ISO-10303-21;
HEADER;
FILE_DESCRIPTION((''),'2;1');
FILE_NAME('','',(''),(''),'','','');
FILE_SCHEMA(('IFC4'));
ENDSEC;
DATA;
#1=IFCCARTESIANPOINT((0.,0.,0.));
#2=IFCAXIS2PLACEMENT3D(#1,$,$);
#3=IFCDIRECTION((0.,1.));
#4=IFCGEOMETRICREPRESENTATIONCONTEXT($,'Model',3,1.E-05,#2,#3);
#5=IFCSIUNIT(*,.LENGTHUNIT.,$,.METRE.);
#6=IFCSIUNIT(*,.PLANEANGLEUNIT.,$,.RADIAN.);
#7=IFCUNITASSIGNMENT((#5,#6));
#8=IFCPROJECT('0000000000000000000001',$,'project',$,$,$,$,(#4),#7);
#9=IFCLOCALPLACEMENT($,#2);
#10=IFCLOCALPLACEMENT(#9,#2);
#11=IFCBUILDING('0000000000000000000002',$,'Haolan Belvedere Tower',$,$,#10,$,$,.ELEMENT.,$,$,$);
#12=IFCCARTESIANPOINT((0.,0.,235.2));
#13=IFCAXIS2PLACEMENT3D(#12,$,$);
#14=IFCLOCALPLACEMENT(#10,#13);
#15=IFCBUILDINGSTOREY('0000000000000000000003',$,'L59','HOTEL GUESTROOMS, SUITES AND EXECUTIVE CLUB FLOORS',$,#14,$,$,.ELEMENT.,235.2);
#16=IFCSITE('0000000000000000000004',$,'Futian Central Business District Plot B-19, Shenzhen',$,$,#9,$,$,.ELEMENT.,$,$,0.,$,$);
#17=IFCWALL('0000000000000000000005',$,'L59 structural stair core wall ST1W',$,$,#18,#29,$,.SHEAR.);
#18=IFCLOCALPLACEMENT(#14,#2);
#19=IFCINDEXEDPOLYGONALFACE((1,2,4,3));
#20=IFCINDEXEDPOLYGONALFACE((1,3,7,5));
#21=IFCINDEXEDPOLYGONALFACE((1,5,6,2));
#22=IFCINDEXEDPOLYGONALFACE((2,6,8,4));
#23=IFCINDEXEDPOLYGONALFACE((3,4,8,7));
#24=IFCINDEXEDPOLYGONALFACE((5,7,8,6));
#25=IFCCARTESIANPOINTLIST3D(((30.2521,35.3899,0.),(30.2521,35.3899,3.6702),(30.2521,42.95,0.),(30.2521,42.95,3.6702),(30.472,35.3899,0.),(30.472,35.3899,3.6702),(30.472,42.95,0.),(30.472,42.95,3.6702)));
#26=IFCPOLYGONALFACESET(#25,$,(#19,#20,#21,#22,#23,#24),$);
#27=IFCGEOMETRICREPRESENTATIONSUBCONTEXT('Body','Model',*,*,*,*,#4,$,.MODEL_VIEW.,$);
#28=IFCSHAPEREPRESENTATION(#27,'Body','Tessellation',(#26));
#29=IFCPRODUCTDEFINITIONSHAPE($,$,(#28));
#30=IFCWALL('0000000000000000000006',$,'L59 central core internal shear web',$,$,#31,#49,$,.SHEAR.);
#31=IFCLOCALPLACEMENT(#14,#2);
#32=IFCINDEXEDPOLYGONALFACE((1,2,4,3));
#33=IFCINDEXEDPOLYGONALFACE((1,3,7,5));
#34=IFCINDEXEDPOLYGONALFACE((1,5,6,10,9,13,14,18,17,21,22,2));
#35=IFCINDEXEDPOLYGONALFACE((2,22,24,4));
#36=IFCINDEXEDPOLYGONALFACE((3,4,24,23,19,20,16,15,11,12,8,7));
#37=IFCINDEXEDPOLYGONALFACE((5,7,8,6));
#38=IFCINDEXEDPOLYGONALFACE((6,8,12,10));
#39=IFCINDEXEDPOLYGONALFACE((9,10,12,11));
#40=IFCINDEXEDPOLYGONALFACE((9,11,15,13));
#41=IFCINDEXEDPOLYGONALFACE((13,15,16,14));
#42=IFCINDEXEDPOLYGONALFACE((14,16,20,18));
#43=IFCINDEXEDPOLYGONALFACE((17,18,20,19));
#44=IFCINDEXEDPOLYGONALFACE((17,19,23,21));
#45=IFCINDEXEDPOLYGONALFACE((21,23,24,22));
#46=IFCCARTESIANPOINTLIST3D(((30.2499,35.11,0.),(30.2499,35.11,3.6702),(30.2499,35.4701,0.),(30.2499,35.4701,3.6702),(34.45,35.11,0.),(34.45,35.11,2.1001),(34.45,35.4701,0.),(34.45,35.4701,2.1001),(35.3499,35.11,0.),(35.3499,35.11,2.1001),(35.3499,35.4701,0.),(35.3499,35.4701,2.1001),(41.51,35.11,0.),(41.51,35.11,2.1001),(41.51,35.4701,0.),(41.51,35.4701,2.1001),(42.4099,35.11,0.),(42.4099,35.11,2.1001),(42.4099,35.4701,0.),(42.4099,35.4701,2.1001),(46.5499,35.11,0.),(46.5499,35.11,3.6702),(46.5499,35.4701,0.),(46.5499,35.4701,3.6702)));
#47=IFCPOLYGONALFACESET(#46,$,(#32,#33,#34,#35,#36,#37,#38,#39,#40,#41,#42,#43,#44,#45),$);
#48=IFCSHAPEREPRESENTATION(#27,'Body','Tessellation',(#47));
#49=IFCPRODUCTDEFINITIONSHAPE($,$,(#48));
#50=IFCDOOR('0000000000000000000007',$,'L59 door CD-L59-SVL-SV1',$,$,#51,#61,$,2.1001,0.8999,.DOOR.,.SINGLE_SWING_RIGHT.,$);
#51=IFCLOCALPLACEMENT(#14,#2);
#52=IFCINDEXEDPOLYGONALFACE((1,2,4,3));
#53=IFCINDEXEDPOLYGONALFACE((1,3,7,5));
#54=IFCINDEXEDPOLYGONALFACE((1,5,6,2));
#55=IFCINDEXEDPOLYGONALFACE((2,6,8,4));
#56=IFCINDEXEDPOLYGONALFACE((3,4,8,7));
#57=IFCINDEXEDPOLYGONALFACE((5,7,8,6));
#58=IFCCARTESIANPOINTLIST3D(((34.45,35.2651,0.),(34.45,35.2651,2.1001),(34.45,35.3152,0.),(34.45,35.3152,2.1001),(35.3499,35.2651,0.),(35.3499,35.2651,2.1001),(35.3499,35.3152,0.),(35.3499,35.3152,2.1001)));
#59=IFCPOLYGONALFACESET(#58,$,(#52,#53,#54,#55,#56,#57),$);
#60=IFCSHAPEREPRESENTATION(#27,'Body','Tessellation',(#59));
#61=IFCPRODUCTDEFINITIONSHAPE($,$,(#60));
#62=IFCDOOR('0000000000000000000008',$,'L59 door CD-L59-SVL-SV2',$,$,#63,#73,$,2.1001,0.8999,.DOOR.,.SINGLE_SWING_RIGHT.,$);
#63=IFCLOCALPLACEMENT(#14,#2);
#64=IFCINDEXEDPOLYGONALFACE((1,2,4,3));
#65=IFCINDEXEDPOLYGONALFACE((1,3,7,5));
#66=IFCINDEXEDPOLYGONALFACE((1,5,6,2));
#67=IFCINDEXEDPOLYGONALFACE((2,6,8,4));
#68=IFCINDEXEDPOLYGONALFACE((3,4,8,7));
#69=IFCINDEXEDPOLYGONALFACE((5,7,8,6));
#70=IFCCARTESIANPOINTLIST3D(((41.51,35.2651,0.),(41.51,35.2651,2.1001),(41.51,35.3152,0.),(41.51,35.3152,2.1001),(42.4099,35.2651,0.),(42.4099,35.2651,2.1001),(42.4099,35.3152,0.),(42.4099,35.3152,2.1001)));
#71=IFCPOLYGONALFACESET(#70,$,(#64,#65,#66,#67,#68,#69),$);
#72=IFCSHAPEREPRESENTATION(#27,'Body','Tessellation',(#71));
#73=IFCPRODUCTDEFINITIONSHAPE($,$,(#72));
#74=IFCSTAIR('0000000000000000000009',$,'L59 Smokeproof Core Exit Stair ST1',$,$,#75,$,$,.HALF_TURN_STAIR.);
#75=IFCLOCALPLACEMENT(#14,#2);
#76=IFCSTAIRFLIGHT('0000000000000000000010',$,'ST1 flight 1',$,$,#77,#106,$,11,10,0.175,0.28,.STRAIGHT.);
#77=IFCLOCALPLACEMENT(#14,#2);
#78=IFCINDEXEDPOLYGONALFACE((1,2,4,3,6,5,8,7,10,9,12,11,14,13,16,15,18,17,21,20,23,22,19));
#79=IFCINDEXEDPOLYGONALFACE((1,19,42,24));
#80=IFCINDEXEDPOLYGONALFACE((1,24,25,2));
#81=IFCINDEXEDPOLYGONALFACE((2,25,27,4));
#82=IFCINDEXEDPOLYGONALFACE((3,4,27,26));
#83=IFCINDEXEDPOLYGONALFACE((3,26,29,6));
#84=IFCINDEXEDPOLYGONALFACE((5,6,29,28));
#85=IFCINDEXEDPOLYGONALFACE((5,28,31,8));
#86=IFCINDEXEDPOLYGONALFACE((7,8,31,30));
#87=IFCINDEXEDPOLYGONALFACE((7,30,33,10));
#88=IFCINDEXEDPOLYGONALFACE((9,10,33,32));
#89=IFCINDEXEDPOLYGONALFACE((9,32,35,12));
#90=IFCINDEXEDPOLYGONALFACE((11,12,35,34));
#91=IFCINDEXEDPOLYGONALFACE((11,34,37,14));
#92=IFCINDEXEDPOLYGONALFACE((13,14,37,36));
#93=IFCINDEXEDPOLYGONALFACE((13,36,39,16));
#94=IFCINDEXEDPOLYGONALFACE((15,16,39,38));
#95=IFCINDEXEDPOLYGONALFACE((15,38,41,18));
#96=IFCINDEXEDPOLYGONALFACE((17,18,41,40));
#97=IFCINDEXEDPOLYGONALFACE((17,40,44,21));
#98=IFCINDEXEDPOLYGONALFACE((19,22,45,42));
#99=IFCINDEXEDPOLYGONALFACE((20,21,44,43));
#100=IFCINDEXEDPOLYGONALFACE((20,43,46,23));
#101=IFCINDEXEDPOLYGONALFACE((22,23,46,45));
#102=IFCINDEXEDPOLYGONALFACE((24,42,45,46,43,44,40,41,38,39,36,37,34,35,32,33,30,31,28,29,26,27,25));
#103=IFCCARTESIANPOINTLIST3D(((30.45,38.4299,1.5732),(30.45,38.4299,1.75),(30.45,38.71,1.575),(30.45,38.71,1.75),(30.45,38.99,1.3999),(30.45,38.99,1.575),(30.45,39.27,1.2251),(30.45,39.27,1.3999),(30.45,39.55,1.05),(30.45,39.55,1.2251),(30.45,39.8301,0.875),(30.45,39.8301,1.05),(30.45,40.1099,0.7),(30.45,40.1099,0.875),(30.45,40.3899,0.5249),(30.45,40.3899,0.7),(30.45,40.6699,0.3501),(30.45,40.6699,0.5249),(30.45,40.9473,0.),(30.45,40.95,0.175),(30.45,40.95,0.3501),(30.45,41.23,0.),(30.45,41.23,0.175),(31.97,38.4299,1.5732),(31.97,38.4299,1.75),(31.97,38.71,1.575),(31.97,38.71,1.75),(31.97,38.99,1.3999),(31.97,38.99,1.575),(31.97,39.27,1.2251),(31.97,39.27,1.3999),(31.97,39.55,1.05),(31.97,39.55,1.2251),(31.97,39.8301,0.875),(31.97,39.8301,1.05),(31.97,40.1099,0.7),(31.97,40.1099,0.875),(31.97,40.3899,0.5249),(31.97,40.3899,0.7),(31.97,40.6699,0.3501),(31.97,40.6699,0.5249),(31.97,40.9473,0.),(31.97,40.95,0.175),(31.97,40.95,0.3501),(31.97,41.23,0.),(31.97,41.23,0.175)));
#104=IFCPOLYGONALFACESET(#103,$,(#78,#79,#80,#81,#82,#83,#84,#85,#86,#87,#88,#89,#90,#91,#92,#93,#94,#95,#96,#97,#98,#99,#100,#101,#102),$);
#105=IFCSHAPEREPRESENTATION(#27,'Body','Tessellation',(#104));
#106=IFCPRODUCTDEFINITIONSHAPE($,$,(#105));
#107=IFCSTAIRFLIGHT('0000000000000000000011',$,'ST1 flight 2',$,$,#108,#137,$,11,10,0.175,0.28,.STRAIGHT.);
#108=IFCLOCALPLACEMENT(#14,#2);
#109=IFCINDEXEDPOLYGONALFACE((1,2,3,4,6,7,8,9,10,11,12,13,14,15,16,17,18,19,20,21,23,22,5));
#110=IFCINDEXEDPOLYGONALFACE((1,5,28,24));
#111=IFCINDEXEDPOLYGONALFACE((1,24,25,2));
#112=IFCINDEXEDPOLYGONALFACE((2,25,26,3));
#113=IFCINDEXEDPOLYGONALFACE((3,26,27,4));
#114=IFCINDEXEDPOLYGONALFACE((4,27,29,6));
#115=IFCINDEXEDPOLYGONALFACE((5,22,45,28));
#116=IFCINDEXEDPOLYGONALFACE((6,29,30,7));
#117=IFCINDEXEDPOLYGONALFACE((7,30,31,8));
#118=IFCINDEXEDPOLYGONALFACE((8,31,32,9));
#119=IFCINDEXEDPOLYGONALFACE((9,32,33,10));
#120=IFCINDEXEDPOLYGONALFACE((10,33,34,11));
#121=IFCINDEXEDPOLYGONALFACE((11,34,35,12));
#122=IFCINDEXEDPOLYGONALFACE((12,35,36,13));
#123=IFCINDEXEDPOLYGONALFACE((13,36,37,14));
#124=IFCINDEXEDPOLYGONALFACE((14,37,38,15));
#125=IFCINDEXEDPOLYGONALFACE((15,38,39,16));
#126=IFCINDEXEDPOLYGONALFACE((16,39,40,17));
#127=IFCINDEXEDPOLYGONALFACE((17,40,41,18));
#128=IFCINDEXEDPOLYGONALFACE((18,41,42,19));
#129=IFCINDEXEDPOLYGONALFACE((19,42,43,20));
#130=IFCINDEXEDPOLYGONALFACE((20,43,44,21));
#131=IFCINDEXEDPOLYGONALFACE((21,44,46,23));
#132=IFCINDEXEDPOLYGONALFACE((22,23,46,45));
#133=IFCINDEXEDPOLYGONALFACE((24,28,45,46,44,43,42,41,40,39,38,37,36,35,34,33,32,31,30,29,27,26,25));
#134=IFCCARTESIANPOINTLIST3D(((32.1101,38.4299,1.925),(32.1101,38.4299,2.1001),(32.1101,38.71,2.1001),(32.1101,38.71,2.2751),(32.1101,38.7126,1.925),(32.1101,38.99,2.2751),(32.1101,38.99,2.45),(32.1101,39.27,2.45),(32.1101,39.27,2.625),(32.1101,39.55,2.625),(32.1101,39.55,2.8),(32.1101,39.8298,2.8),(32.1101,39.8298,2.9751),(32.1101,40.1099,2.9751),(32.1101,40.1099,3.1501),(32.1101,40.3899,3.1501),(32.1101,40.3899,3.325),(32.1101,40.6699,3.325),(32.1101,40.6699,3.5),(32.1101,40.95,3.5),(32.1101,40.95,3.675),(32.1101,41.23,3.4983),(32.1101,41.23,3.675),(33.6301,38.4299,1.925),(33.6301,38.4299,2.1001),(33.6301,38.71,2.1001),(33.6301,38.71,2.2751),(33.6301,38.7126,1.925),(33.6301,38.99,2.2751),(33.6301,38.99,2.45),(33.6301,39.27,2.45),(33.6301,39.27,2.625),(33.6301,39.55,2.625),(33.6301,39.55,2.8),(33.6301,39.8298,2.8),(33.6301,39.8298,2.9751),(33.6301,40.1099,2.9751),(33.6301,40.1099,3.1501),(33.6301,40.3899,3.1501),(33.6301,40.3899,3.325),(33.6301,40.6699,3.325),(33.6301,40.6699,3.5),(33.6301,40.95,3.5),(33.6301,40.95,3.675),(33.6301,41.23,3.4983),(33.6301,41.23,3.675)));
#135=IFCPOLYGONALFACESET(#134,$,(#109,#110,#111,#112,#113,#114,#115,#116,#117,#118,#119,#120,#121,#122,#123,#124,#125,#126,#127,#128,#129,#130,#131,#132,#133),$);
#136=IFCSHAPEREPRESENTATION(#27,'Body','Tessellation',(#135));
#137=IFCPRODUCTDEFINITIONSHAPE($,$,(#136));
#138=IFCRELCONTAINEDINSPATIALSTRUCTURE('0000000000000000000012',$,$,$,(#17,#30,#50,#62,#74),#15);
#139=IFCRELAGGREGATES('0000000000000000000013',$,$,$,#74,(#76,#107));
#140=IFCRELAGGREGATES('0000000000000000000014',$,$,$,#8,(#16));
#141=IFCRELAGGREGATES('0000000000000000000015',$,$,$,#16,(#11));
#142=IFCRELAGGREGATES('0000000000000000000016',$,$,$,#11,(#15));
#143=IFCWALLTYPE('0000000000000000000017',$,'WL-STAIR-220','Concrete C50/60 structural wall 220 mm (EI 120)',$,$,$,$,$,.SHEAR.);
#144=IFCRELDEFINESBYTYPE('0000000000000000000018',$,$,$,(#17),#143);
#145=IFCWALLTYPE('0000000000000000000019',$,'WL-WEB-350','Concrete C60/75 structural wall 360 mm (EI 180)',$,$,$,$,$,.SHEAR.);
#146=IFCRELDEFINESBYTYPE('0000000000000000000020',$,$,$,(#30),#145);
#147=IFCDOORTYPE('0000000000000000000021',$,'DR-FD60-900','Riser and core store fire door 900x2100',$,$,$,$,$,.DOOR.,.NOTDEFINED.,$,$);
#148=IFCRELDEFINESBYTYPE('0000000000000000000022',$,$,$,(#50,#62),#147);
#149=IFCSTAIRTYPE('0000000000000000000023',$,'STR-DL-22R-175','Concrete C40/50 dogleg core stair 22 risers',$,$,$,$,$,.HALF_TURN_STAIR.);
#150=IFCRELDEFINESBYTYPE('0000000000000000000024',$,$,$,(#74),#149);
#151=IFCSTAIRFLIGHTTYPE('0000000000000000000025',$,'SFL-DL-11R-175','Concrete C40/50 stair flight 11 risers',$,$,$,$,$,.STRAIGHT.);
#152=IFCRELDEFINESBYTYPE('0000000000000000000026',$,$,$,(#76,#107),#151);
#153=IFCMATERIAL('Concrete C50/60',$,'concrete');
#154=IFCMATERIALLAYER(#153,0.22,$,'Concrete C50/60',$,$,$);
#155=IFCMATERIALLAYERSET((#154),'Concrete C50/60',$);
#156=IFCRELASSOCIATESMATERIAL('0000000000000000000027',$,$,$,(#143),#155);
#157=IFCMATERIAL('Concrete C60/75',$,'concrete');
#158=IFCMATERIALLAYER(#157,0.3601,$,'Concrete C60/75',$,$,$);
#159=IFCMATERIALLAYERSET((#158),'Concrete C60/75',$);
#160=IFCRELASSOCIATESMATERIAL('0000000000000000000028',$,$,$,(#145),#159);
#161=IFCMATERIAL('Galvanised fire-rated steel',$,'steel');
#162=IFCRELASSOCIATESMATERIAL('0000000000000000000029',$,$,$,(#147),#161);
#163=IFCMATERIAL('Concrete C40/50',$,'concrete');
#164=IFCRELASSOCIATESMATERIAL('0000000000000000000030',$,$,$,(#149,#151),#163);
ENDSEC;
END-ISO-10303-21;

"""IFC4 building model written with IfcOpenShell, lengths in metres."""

from ifc_helpers import new_model, si_unit, direction, frame, frame_2d, origin, place, context, subcontext, project, spatial, polyline, rectangle, outline, extrude, material, layer, layer_set, type_object, element, fill, aggregate, save


model = new_model("IFC4")

# Units and contexts
model_context = context("Model", 3, precision=1e-05, world=origin(), true_north=direction((0.0, 1.0)))
body_context = subcontext(model_context, "Body", "Model", "MODEL_VIEW")
ifc_project = project(units=[si_unit("LENGTHUNIT", "METRE"), si_unit("PLANEANGLEUNIT", "RADIAN")], contexts=[model_context])

# Site, building, storey
site_placement = place(None, origin())
site = spatial("IfcSite", under=ifc_project, at=site_placement, Name="Futian Central Business District Plot B-19, Shenzhen", CompositionType="ELEMENT", RefElevation=0.0)
building_placement = place(site_placement, origin())
building = spatial("IfcBuilding", under=site, at=building_placement, Name="Haolan Belvedere Tower", CompositionType="ELEMENT")
storey_placement = place(building_placement, frame((0.0, 0.0, 235.2)))
storey = spatial("IfcBuildingStorey", under=building, at=storey_placement, Name="L59", Description="HOTEL GUESTROOMS, SUITES AND EXECUTIVE CLUB FLOORS", CompositionType="ELEMENT", Elevation=235.2)

# Shared definitions
ifc_material_1 = material(Name="Concrete C50/60", Category="concrete")

# Wall
ifc_layer_1 = layer(ifc_material_1, 0.22, Name="Concrete C50/60")
ifc_layer_set_1 = layer_set([ifc_layer_1], Name="Concrete C50/60")
wall_type_1 = type_object("IfcWallType", Name="WL-STAIR-220", Description="Concrete C50/60 structural wall 220 mm (EI 120)", PredefinedType="SHEAR", material=ifc_layer_set_1)
wall_1_placement = place(storey_placement, frame((30.3621, 35.3899, 0.0), z_axis=(0.0, 0.0, 1.0), x_axis=(0.0, 1.0, 0.0)))
element("IfcWall", 1, at=wall_1_placement, inside=storey, type_object=wall_type_1, Name="L59 structural stair core wall ST1W", PredefinedType="SHEAR", context=body_context, shape_type="SweptSolid", body=[
    extrude(rectangle(XDim=7.5601, YDim=0.22, at=frame_2d((3.78, 0.0))), origin(), (0.0, 0.0, 1.0), 3.6702),
])

# Wall, openings, doors
ifc_material_2 = material(Name="Concrete C60/75", Category="concrete")
ifc_layer_2 = layer(ifc_material_2, 0.3601, Name="Concrete C60/75")
ifc_layer_set_2 = layer_set([ifc_layer_2], Name="Concrete C60/75")
wall_type_2 = type_object("IfcWallType", Name="WL-WEB-350", Description="Concrete C60/75 structural wall 360 mm (EI 180)", PredefinedType="SHEAR", material=ifc_layer_set_2)
wall_2_placement = place(storey_placement, frame((30.25, 35.29, 0.0), z_axis=(0.0, 0.0, 1.0), x_axis=(1.0, 0.0, 0.0)))
wall_2 = element("IfcWall", 2, at=wall_2_placement, inside=storey, type_object=wall_type_2, Name="L59 central core internal shear web", PredefinedType="SHEAR", context=body_context, shape_type="SweptSolid", body=[
    extrude(rectangle(XDim=16.3, YDim=0.3601, at=frame_2d((8.1499, 0.0))), origin(), (0.0, 0.0, 1.0), 3.6702),
])
opening_1_placement = place(wall_2_placement, frame((5.0999, 0.0, 0.0), z_axis=(0.0, 0.0, 1.0), x_axis=(-1.0, 0.0, 0.0)))
opening_1 = element("IfcOpeningElement", 3, at=opening_1_placement, cuts=wall_2, PredefinedType="OPENING", context=body_context, shape_type="SweptSolid", body=[
    extrude(rectangle(XDim=0.8999, YDim=2.1001, at=frame_2d((0.45, 1.05))), frame((0.0, 0.1899, 0.0), z_axis=(0.0, -1.0, 0.0), x_axis=(1.0, 0.0, 0.0)), (0.0, 0.0, 1.0), 0.3801),
])
opening_2_placement = place(wall_2_placement, frame((12.1599, 0.0, 0.0), z_axis=(0.0, 0.0, 1.0), x_axis=(-1.0, 0.0, 0.0)))
opening_2 = element("IfcOpeningElement", 4, at=opening_2_placement, cuts=wall_2, PredefinedType="OPENING", context=body_context, shape_type="SweptSolid", body=[
    extrude(rectangle(XDim=0.8999, YDim=2.1001, at=frame_2d((0.45, 1.05))), frame((0.0, 0.1899, 0.0), z_axis=(0.0, -1.0, 0.0), x_axis=(1.0, 0.0, 0.0)), (0.0, 0.0, 1.0), 0.3801),
])
ifc_material_3 = material(Name="Galvanised fire-rated steel", Category="steel")
door_type_1 = type_object("IfcDoorType", Name="DR-FD60-900", Description="Riser and core store fire door 900x2100", OperationType="NOTDEFINED", PredefinedType="DOOR", material=ifc_material_3)
door_1_placement = place(opening_1_placement, origin())
door_1 = element("IfcDoor", 5, at=door_1_placement, inside=storey, type_object=door_type_1, Name="L59 door CD-L59-SVL-SV1", OperationType="SINGLE_SWING_RIGHT", OverallHeight=2.1001, OverallWidth=0.8999, PredefinedType="DOOR", context=body_context, shape_type="SweptSolid", body=[
    extrude(rectangle(XDim=0.8999, YDim=2.1001, at=frame_2d((0.45, 1.05))), frame((0.0, 0.0249, 0.0), z_axis=(0.0, -1.0, 0.0), x_axis=(1.0, 0.0, 0.0)), (0.0, 0.0, 1.0), 0.05),
])
fill(opening_1, door_1)
door_2_placement = place(opening_2_placement, origin())
door_2 = element("IfcDoor", 6, at=door_2_placement, inside=storey, type_object=door_type_1, Name="L59 door CD-L59-SVL-SV2", OperationType="SINGLE_SWING_RIGHT", OverallHeight=2.1001, OverallWidth=0.8999, PredefinedType="DOOR", context=body_context, shape_type="SweptSolid", body=[
    extrude(rectangle(XDim=0.8999, YDim=2.1001, at=frame_2d((0.45, 1.05))), frame((0.0, 0.0249, 0.0), z_axis=(0.0, -1.0, 0.0), x_axis=(1.0, 0.0, 0.0)), (0.0, 0.0, 1.0), 0.05),
])
fill(opening_2, door_2)

# Stair, stair flights
ifc_material_4 = material(Name="Concrete C40/50", Category="concrete")
stair_type = type_object("IfcStairType", Name="STR-DL-22R-175", Description="Concrete C40/50 dogleg core stair 22 risers", PredefinedType="HALF_TURN_STAIR", material=ifc_material_4)
stair_placement = place(storey_placement, origin())
stair = element("IfcStair", 7, at=stair_placement, inside=storey, type_object=stair_type, Name="L59 Smokeproof Core Exit Stair ST1", PredefinedType="HALF_TURN_STAIR")
stair_flight_type = type_object("IfcStairFlightType", Name="SFL-DL-11R-175", Description="Concrete C40/50 stair flight 11 risers", PredefinedType="STRAIGHT", material=ifc_material_4)
stair_flight_1_placement = place(storey_placement, frame((31.21, 41.23, 0.0), z_axis=(0.0, 0.0, 1.0), x_axis=(0.0, -1.0, 0.0)))
stair_flight_1 = element("IfcStairFlight", 8, at=stair_flight_1_placement, type_object=stair_flight_type, Name="ST1 flight 1", NumberOfRisers=11, NumberOfTreads=10, PredefinedType="STRAIGHT", RiserHeight=0.175, TreadLength=0.28, context=body_context, shape_type="SweptSolid", body=[
    extrude(outline(polyline([(0.0, 0.0), (0.0, 0.175), (0.28, 0.175), (0.28, 0.3501), (0.5601, 0.3501), (0.5601, 0.5249), (0.8401, 0.5249), (0.8401, 0.7), (1.1201, 0.7), (1.1201, 0.875), (1.3999, 0.875), (1.3999, 1.05), (1.6799, 1.05), (1.6799, 1.2251), (1.96, 1.2251), (1.96, 1.3999), (2.24, 1.3999), (2.24, 1.575), (2.52, 1.575), (2.52, 1.75), (2.8, 1.75), (2.8, 1.925), (2.8, 1.5732), (0.2827, 0.0), (0.0, 0.0)])), frame((0.0, 0.76, 0.0), z_axis=(0.0, -1.0, 0.0), x_axis=(1.0, 0.0, 0.0)), (0.0, 0.0, 1.0), 1.52),
])
stair_flight_2_placement = place(storey_placement, frame((32.8701, 38.4299, 1.925), z_axis=(0.0, 0.0, 1.0), x_axis=(0.0, 1.0, 0.0)))
stair_flight_2 = element("IfcStairFlight", 9, at=stair_flight_2_placement, type_object=stair_flight_type, Name="ST1 flight 2", NumberOfRisers=11, NumberOfTreads=10, PredefinedType="STRAIGHT", RiserHeight=0.175, TreadLength=0.28, context=body_context, shape_type="SweptSolid", body=[
    extrude(outline(polyline([(0.0, 0.0), (0.0, 0.175), (0.28, 0.175), (0.28, 0.3501), (0.5601, 0.3501), (0.5601, 0.5249), (0.8401, 0.5249), (0.8401, 0.7), (1.1201, 0.7), (1.1201, 0.875), (1.3999, 0.875), (1.3999, 1.05), (1.6799, 1.05), (1.6799, 1.2251), (1.96, 1.2251), (1.96, 1.3999), (2.24, 1.3999), (2.24, 1.575), (2.52, 1.575), (2.52, 1.75), (2.8, 1.75), (2.8, 1.925), (2.8, 1.5732), (0.2827, 0.0), (0.0, 0.0)])), frame((0.0, 0.76, 0.0), z_axis=(0.0, -1.0, 0.0), x_axis=(1.0, 0.0, 0.0)), (0.0, 0.0, 1.0), 1.52),
])
aggregate(stair, [stair_flight_1, stair_flight_2])

save(model, "model.ifc")
